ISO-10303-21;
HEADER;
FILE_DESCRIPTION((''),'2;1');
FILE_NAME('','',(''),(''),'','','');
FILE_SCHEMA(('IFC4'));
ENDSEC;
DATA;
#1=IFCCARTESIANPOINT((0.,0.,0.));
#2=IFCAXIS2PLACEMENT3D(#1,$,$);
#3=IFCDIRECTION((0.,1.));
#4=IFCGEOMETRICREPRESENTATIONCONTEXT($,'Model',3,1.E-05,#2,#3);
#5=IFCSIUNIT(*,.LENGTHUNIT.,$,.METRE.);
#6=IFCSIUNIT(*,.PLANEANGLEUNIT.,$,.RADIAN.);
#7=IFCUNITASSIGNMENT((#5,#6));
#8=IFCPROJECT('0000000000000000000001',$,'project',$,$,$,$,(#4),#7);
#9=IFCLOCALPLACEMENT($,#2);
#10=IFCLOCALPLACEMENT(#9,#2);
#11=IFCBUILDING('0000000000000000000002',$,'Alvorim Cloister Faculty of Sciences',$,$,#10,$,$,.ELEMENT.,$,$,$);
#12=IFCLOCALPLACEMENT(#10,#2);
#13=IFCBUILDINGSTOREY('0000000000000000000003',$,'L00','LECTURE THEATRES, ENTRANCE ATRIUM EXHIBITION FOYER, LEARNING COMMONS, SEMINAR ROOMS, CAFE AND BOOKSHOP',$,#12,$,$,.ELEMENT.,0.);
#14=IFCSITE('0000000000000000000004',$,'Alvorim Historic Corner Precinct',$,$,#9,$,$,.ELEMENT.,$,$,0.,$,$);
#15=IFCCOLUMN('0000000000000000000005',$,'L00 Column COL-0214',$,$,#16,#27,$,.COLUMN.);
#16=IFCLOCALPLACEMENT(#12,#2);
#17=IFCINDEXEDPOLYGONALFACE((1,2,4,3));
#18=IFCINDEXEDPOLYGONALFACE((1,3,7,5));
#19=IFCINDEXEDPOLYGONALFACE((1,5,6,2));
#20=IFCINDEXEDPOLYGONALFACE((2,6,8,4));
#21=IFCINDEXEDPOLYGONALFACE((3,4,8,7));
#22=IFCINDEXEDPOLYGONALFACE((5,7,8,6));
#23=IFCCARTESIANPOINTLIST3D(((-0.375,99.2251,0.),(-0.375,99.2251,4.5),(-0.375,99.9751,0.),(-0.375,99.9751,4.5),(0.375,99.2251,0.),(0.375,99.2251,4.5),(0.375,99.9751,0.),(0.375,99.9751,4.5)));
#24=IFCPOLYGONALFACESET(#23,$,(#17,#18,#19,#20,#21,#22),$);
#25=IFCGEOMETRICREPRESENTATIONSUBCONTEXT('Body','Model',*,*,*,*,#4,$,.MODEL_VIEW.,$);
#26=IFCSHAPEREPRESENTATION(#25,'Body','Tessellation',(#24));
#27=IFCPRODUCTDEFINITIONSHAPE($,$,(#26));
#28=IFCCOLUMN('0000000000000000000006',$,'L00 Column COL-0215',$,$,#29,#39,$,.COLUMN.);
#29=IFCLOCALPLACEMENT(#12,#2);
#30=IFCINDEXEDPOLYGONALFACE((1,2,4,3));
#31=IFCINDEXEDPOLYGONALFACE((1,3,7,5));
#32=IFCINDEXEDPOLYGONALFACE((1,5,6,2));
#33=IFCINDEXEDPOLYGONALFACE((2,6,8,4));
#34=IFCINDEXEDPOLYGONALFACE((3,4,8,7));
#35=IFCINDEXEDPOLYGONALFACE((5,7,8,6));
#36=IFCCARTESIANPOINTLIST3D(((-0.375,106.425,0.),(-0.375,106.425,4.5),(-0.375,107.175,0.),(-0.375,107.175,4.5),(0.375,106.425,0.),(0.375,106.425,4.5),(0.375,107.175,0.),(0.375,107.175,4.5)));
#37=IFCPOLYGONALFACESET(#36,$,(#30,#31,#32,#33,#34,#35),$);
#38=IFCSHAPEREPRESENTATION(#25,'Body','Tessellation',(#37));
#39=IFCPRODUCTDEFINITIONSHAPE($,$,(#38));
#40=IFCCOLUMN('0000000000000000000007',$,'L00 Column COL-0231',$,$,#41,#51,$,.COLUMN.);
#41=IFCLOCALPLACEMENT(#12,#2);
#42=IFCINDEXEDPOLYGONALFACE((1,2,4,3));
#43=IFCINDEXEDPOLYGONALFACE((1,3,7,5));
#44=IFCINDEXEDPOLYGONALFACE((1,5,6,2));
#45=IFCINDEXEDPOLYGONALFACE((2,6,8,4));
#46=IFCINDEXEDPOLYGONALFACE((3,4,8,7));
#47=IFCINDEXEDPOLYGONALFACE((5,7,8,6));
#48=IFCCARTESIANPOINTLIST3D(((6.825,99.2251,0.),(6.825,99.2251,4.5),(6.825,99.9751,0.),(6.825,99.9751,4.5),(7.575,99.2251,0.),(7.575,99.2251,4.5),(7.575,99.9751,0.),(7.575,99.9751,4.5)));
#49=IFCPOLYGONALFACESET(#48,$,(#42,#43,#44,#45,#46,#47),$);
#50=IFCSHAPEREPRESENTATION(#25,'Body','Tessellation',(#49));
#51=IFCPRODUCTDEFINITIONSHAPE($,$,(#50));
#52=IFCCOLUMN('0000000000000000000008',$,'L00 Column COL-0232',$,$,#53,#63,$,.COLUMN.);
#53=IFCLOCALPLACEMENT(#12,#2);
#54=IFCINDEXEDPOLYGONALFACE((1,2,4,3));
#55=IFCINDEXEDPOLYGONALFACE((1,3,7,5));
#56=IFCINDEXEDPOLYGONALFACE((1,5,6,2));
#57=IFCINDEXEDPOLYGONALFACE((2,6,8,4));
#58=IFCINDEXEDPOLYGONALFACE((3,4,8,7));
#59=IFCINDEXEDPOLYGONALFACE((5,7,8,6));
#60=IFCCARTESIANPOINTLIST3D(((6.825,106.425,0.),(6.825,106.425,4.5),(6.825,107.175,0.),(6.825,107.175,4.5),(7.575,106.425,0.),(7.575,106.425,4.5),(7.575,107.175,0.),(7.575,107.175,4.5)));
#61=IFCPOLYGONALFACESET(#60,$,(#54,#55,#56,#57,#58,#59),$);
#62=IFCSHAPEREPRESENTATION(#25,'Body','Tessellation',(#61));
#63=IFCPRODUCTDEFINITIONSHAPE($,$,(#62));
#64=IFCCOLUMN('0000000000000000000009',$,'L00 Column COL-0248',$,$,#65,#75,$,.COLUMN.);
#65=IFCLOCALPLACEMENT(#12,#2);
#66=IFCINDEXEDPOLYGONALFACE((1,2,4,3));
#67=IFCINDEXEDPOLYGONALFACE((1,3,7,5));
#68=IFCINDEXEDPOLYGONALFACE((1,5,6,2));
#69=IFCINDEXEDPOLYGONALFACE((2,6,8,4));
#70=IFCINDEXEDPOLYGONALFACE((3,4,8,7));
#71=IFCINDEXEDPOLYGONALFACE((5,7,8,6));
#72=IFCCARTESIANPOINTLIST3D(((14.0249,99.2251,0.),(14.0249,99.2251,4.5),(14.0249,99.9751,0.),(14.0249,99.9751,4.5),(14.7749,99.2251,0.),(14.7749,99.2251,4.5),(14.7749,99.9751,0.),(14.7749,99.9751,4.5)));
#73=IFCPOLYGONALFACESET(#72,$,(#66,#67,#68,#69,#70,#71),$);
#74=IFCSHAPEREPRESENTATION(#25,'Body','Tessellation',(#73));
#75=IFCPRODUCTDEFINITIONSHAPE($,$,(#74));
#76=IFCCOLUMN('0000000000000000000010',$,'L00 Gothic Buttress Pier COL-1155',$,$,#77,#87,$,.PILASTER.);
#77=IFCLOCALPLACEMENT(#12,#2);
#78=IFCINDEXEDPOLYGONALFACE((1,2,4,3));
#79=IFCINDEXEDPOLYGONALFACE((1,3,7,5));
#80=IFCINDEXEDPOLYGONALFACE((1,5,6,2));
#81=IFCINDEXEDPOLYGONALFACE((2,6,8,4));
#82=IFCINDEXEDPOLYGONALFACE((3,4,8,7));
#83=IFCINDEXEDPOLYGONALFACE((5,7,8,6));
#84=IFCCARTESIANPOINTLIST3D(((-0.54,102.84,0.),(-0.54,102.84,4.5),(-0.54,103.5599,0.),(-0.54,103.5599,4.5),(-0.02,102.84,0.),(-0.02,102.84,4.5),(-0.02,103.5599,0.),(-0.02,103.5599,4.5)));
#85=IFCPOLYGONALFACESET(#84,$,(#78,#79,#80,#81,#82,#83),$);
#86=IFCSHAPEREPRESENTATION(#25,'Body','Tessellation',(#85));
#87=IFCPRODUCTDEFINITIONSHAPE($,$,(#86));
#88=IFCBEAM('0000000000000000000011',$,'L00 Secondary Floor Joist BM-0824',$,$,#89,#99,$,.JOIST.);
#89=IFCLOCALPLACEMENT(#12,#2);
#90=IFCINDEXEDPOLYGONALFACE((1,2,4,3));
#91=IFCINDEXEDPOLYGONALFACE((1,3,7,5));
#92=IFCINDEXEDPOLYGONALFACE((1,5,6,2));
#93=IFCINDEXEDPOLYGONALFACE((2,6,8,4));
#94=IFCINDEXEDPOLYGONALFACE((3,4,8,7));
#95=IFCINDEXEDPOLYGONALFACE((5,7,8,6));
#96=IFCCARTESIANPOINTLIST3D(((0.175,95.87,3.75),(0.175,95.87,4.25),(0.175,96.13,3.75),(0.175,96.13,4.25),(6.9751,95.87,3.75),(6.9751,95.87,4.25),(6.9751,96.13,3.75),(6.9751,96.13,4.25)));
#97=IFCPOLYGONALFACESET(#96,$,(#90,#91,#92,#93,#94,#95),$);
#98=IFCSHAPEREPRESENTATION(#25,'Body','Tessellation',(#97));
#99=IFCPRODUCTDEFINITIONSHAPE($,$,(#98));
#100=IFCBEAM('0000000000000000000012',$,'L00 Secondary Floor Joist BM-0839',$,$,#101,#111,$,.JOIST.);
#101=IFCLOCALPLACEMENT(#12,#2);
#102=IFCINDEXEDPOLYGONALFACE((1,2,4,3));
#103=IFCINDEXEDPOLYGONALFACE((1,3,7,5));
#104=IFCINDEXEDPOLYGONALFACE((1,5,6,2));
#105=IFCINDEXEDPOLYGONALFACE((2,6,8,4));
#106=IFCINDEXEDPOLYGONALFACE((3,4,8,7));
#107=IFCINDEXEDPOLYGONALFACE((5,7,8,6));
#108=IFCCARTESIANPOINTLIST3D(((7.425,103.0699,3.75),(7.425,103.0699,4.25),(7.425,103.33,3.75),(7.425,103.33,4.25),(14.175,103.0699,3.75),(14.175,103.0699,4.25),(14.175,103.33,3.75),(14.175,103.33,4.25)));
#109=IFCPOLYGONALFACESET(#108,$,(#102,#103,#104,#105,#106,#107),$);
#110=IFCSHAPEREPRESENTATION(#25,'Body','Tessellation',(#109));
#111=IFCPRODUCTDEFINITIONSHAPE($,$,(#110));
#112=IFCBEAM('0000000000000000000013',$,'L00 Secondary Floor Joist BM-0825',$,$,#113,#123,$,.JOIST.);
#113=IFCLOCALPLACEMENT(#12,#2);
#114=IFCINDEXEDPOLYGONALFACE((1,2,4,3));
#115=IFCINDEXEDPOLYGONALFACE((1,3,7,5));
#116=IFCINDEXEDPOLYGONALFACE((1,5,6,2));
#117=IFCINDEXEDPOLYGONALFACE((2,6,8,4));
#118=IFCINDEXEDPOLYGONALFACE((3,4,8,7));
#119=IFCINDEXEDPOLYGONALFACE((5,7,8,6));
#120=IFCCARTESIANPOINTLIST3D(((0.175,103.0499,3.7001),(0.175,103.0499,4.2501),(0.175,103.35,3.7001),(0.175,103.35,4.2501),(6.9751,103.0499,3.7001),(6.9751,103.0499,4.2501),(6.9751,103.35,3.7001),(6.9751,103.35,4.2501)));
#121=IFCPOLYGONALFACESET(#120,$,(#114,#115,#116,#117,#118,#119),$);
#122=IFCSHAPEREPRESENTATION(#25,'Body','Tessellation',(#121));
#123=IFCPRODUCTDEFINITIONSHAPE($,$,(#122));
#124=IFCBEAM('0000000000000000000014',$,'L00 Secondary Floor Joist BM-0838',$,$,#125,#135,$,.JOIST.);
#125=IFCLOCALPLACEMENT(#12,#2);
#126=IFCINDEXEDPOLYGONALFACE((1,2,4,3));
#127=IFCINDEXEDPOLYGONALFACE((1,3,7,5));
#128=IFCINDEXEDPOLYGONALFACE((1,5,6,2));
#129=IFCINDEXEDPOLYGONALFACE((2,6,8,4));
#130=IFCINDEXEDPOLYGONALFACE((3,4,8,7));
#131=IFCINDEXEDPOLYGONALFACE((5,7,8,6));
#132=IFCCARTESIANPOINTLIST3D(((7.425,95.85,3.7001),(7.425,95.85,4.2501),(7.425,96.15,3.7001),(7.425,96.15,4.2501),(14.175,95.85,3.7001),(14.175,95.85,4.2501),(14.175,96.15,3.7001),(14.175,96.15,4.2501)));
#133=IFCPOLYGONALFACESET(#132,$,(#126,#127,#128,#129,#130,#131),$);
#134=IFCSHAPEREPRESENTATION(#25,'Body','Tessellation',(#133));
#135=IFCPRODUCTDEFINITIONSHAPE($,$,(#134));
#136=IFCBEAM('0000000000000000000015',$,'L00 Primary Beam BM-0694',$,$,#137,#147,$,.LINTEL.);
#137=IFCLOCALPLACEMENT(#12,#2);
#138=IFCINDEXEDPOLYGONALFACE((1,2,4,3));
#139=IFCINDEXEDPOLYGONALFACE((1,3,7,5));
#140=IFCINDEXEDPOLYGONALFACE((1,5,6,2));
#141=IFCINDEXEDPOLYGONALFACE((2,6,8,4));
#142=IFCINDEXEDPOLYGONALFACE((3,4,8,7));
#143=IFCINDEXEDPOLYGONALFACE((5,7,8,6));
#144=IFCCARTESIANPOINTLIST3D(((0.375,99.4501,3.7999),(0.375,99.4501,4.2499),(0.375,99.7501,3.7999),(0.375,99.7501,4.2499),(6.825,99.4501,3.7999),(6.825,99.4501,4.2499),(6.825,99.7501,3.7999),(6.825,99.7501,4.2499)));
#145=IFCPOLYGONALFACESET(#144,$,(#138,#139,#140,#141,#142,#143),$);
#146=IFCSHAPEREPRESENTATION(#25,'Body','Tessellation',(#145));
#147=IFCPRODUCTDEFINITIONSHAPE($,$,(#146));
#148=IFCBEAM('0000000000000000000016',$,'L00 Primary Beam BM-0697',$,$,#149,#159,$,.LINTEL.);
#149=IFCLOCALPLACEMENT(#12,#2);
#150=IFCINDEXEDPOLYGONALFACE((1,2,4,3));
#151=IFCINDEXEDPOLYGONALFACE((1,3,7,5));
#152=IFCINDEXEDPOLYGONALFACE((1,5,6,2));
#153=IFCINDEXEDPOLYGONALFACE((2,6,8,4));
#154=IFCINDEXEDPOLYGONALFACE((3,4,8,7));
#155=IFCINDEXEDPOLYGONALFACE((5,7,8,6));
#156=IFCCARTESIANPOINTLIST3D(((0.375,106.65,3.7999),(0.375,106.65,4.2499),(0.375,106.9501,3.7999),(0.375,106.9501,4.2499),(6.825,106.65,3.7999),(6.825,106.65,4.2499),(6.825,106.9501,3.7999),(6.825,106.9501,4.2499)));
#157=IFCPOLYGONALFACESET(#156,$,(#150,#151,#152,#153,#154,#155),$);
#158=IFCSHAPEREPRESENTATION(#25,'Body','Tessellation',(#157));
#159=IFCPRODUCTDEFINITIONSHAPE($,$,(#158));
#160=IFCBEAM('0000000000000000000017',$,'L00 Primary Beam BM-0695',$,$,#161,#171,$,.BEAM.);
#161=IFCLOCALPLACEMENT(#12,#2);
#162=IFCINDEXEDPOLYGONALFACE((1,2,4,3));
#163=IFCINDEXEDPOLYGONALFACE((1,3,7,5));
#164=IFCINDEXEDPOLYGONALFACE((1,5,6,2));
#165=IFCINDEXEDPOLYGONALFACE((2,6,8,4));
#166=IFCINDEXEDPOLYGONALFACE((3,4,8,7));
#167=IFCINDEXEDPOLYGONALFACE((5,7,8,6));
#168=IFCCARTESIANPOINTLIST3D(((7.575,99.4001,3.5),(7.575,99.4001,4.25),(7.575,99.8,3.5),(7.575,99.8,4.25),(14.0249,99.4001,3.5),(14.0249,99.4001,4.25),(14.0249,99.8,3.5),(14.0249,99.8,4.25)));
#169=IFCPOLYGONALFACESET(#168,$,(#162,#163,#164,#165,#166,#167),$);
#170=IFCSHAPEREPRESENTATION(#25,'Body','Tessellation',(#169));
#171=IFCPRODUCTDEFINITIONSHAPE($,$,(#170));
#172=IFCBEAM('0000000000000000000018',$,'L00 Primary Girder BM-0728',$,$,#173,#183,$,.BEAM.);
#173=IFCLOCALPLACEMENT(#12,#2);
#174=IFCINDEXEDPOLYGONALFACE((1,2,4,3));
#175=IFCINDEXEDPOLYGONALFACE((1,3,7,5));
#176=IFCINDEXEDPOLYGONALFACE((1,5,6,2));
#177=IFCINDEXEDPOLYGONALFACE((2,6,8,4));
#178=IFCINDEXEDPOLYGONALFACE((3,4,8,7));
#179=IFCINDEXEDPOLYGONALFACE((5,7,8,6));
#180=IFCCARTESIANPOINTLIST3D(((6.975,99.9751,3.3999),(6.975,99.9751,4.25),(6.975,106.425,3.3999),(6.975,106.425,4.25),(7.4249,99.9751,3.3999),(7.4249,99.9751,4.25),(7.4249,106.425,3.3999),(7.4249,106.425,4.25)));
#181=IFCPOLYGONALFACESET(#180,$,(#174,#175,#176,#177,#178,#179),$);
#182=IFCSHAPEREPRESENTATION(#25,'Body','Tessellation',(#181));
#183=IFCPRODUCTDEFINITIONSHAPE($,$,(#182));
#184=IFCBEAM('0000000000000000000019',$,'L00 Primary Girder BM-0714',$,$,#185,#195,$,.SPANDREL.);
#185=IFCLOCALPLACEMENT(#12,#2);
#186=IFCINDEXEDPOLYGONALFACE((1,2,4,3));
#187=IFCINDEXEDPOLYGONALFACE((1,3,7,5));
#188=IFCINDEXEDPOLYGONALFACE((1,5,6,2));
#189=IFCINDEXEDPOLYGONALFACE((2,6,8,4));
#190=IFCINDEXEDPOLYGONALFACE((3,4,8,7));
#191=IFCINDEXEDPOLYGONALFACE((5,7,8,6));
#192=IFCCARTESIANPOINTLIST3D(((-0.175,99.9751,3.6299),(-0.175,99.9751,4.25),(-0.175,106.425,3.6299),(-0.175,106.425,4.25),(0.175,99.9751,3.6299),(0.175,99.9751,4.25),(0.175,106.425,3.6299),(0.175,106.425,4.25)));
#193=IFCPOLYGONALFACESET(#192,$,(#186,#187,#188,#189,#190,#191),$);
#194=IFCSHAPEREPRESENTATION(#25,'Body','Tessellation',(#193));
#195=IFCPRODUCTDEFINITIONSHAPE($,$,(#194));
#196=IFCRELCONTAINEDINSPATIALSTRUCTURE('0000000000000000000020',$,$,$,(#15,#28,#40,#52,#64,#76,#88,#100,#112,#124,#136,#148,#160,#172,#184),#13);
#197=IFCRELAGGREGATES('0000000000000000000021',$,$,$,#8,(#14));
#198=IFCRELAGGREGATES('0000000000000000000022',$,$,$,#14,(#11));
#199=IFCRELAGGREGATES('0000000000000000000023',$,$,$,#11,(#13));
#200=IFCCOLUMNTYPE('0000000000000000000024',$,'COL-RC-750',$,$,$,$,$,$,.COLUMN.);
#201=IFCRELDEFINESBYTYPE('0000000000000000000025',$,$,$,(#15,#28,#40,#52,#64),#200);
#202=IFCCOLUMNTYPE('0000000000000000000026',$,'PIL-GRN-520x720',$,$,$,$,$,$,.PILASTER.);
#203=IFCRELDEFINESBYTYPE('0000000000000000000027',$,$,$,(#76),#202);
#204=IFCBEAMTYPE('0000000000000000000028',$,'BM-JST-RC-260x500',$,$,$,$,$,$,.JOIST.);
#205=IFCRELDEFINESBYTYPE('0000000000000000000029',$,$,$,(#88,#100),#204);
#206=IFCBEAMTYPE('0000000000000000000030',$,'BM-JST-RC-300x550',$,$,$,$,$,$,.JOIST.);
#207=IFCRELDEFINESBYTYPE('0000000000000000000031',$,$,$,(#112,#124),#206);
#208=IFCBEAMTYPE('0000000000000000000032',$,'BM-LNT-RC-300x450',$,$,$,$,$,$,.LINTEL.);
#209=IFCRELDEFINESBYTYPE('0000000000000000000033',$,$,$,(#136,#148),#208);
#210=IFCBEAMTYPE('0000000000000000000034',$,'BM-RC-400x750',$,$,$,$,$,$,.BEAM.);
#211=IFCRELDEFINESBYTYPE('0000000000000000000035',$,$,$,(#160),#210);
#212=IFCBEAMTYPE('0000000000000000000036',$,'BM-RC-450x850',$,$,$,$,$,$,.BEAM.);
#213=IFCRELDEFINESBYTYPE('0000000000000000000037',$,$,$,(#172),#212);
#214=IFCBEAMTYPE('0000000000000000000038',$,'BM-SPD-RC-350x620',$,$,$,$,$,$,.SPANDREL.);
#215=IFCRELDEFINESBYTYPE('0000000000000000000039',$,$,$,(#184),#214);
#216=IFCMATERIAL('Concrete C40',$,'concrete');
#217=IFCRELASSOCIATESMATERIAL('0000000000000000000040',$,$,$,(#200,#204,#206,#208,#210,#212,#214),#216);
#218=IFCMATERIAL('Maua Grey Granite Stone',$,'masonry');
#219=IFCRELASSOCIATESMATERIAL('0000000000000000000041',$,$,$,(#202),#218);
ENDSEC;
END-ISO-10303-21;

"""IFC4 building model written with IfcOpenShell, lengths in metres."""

from ifc_helpers import new_model, si_unit, direction, frame, origin, origin_2d, place, context, subcontext, project, spatial, rectangle, extrude, material, material_profile, profile_set, type_object, element, save


model = new_model("IFC4")

# Units and contexts
model_context = context("Model", 3, precision=1e-05, world=origin(), true_north=direction((0.0, 1.0)))
body_context = subcontext(model_context, "Body", "Model", "MODEL_VIEW")
ifc_project = project(units=[si_unit("LENGTHUNIT", "METRE"), si_unit("PLANEANGLEUNIT", "RADIAN")], contexts=[model_context])

# Site, building, storey
site_placement = place(None, origin())
site = spatial("IfcSite", under=ifc_project, at=site_placement, Name="Alvorim Historic Corner Precinct", CompositionType="ELEMENT", RefElevation=0.0)
building_placement = place(site_placement, origin())
building = spatial("IfcBuilding", under=site, at=building_placement, Name="Alvorim Cloister Faculty of Sciences", CompositionType="ELEMENT")
storey_placement = place(building_placement, origin())
storey = spatial("IfcBuildingStorey", under=building, at=storey_placement, Name="L00", Description="LECTURE THEATRES, ENTRANCE ATRIUM EXHIBITION FOYER, LEARNING COMMONS, SEMINAR ROOMS, CAFE AND BOOKSHOP", CompositionType="ELEMENT", Elevation=0.0)

# Columns
ifc_material_1 = material(Name="Concrete C40", Category="concrete")
ifc_material_profile_1 = material_profile(ifc_material_1, rectangle(XDim=0.75, YDim=0.75, at=origin_2d()), Name="RC40-COL-750x750")
ifc_profile_set_1 = profile_set([ifc_material_profile_1], Name="Concrete C40")
column_type_1 = type_object("IfcColumnType", Name="COL-RC-750", PredefinedType="COLUMN", material=ifc_profile_set_1)
for number, where, z_axis, x_axis, name in (
    (1, (0.0, 99.6001, 0.0), (0.0, 0.0, 1.0), (1.0, 0.0, 0.0), "L00 Column COL-0214"),
    (2, (0.0, 106.8, 0.0), (0.0, 0.0, 1.0), (1.0, 0.0, 0.0), "L00 Column COL-0215"),
    (3, (7.2, 99.6001, 0.0), (0.0, 0.0, 1.0), (1.0, 0.0, 0.0), "L00 Column COL-0231"),
    (4, (7.2, 106.8, 0.0), (0.0, 0.0, 1.0), (1.0, 0.0, 0.0), "L00 Column COL-0232"),
    (5, (14.3999, 99.6001, 0.0), (0.0, 0.0, 1.0), (1.0, 0.0, 0.0), "L00 Column COL-0248"),
):
    element("IfcColumn", number, at=place(storey_placement, frame(where, z_axis=z_axis, x_axis=x_axis)), inside=storey, type_object=column_type_1, Name=name, PredefinedType="COLUMN", context=body_context, shape_type="SweptSolid", body=[
        extrude(rectangle(XDim=0.75, YDim=0.75, at=origin_2d()), origin(), (0.0, 0.0, 1.0), 4.5),
    ])
ifc_material_2 = material(Name="Maua Grey Granite Stone", Category="masonry")
ifc_material_profile_2 = material_profile(ifc_material_2, rectangle(XDim=0.52, YDim=0.72, at=origin_2d()), Name="GRN-PIER-520x720")
ifc_profile_set_2 = profile_set([ifc_material_profile_2], Name="Maua Grey Granite Stone")
column_type_2 = type_object("IfcColumnType", Name="PIL-GRN-520x720", PredefinedType="PILASTER", material=ifc_profile_set_2)
column_placement = place(storey_placement, frame((-0.28, 103.2, 0.0), z_axis=(0.0, 0.0, 1.0), x_axis=(1.0, 0.0, 0.0)))
element("IfcColumn", 6, at=column_placement, inside=storey, type_object=column_type_2, Name="L00 Gothic Buttress Pier COL-1155", PredefinedType="PILASTER", context=body_context, shape_type="SweptSolid", body=[
    extrude(rectangle(XDim=0.52, YDim=0.72, at=origin_2d()), origin(), (0.0, 0.0, 1.0), 4.5),
])

# Beams
ifc_material_profile_3 = material_profile(ifc_material_1, rectangle(XDim=0.26, YDim=0.5, at=origin_2d()), Name="RC40-JST-260x500")
ifc_profile_set_3 = profile_set([ifc_material_profile_3], Name="Concrete C40")
beam_type_1 = type_object("IfcBeamType", Name="BM-JST-RC-260x500", PredefinedType="JOIST", material=ifc_profile_set_3)
beam_1_placement = place(storey_placement, frame((0.175, 96.0, 4.0), z_axis=(1.0, 0.0, 0.0), x_axis=(0.0, 1.0, 0.0)))
element("IfcBeam", 7, at=beam_1_placement, inside=storey, type_object=beam_type_1, Name="L00 Secondary Floor Joist BM-0824", PredefinedType="JOIST", context=body_context, shape_type="SweptSolid", body=[
    extrude(rectangle(XDim=0.26, YDim=0.5, at=origin_2d()), origin(), (0.0, 0.0, 1.0), 6.8),
])
beam_2_placement = place(storey_placement, frame((7.425, 103.2, 4.0), z_axis=(1.0, 0.0, 0.0), x_axis=(0.0, 1.0, 0.0)))
element("IfcBeam", 8, at=beam_2_placement, inside=storey, type_object=beam_type_1, Name="L00 Secondary Floor Joist BM-0839", PredefinedType="JOIST", context=body_context, shape_type="SweptSolid", body=[
    extrude(rectangle(XDim=0.26, YDim=0.5, at=origin_2d()), origin(), (0.0, 0.0, 1.0), 6.75),
])
ifc_material_profile_4 = material_profile(ifc_material_1, rectangle(XDim=0.3, YDim=0.55, at=origin_2d()), Name="RC40-JST-300x550")
ifc_profile_set_4 = profile_set([ifc_material_profile_4], Name="Concrete C40")
beam_type_2 = type_object("IfcBeamType", Name="BM-JST-RC-300x550", PredefinedType="JOIST", material=ifc_profile_set_4)
beam_3_placement = place(storey_placement, frame((0.175, 103.2, 3.9751), z_axis=(1.0, 0.0, 0.0), x_axis=(0.0, 1.0, 0.0)))
element("IfcBeam", 9, at=beam_3_placement, inside=storey, type_object=beam_type_2, Name="L00 Secondary Floor Joist BM-0825", PredefinedType="JOIST", context=body_context, shape_type="SweptSolid", body=[
    extrude(rectangle(XDim=0.3, YDim=0.55, at=origin_2d()), origin(), (0.0, 0.0, 1.0), 6.8),
])
beam_4_placement = place(storey_placement, frame((7.425, 96.0, 3.9751), z_axis=(1.0, 0.0, 0.0), x_axis=(0.0, 1.0, 0.0)))
element("IfcBeam", 10, at=beam_4_placement, inside=storey, type_object=beam_type_2, Name="L00 Secondary Floor Joist BM-0838", PredefinedType="JOIST", context=body_context, shape_type="SweptSolid", body=[
    extrude(rectangle(XDim=0.3, YDim=0.55, at=origin_2d()), origin(), (0.0, 0.0, 1.0), 6.75),
])
ifc_material_profile_5 = material_profile(ifc_material_1, rectangle(XDim=0.3, YDim=0.45, at=origin_2d()), Name="RC40-LNT-300x450")
ifc_profile_set_5 = profile_set([ifc_material_profile_5], Name="Concrete C40")
beam_type_3 = type_object("IfcBeamType", Name="BM-LNT-RC-300x450", PredefinedType="LINTEL", material=ifc_profile_set_5)
for number, where, z_axis, x_axis, name in (
    (11, (0.375, 99.6001, 4.0249), (1.0, 0.0, 0.0), (0.0, 1.0, 0.0), "L00 Primary Beam BM-0694"),
    (12, (0.375, 106.8, 4.0249), (1.0, 0.0, 0.0), (0.0, 1.0, 0.0), "L00 Primary Beam BM-0697"),
):
    element("IfcBeam", number, at=place(storey_placement, frame(where, z_axis=z_axis, x_axis=x_axis)), inside=storey, type_object=beam_type_3, Name=name, PredefinedType="LINTEL", context=body_context, shape_type="SweptSolid", body=[
        extrude(rectangle(XDim=0.3, YDim=0.45, at=origin_2d()), origin(), (0.0, 0.0, 1.0), 6.45),
    ])
ifc_material_profile_6 = material_profile(ifc_material_1, rectangle(XDim=0.3999, YDim=0.75, at=origin_2d()), Name="RC40-BM-400x750")
ifc_profile_set_6 = profile_set([ifc_material_profile_6], Name="Concrete C40")
beam_type_4 = type_object("IfcBeamType", Name="BM-RC-400x750", PredefinedType="BEAM", material=ifc_profile_set_6)
beam_5_placement = place(storey_placement, frame((7.575, 99.6001, 3.875), z_axis=(1.0, 0.0, 0.0), x_axis=(0.0, 1.0, 0.0)))
element("IfcBeam", 13, at=beam_5_placement, inside=storey, type_object=beam_type_4, Name="L00 Primary Beam BM-0695", PredefinedType="BEAM", context=body_context, shape_type="SweptSolid", body=[
    extrude(rectangle(XDim=0.3999, YDim=0.75, at=origin_2d()), origin(), (0.0, 0.0, 1.0), 6.45),
])
ifc_material_profile_7 = material_profile(ifc_material_1, rectangle(XDim=0.45, YDim=0.8501, at=origin_2d()), Name="RC40-BM-450x850")
ifc_profile_set_7 = profile_set([ifc_material_profile_7], Name="Concrete C40")
beam_type_5 = type_object("IfcBeamType", Name="BM-RC-450x850", PredefinedType="BEAM", material=ifc_profile_set_7)
beam_6_placement = place(storey_placement, frame((7.2, 99.9751, 3.825), z_axis=(0.0, 1.0, 0.0), x_axis=(-1.0, 0.0, 0.0)))
element("IfcBeam", 14, at=beam_6_placement, inside=storey, type_object=beam_type_5, Name="L00 Primary Girder BM-0728", PredefinedType="BEAM", context=body_context, shape_type="SweptSolid", body=[
    extrude(rectangle(XDim=0.45, YDim=0.8501, at=origin_2d()), origin(), (0.0, 0.0, 1.0), 6.45),
])
ifc_material_profile_8 = material_profile(ifc_material_1, rectangle(XDim=0.3501, YDim=0.6201, at=origin_2d()), Name="RC40-SPD-350x620")
ifc_profile_set_8 = profile_set([ifc_material_profile_8], Name="Concrete C40")
beam_type_6 = type_object("IfcBeamType", Name="BM-SPD-RC-350x620", PredefinedType="SPANDREL", material=ifc_profile_set_8)
beam_7_placement = place(storey_placement, frame((0.0, 99.9751, 3.9399), z_axis=(0.0, 1.0, 0.0), x_axis=(-1.0, 0.0, 0.0)))
element("IfcBeam", 15, at=beam_7_placement, inside=storey, type_object=beam_type_6, Name="L00 Primary Girder BM-0714", PredefinedType="SPANDREL", context=body_context, shape_type="SweptSolid", body=[
    extrude(rectangle(XDim=0.3501, YDim=0.6201, at=origin_2d()), origin(), (0.0, 0.0, 1.0), 6.45),
])

save(model, "model.ifc")
